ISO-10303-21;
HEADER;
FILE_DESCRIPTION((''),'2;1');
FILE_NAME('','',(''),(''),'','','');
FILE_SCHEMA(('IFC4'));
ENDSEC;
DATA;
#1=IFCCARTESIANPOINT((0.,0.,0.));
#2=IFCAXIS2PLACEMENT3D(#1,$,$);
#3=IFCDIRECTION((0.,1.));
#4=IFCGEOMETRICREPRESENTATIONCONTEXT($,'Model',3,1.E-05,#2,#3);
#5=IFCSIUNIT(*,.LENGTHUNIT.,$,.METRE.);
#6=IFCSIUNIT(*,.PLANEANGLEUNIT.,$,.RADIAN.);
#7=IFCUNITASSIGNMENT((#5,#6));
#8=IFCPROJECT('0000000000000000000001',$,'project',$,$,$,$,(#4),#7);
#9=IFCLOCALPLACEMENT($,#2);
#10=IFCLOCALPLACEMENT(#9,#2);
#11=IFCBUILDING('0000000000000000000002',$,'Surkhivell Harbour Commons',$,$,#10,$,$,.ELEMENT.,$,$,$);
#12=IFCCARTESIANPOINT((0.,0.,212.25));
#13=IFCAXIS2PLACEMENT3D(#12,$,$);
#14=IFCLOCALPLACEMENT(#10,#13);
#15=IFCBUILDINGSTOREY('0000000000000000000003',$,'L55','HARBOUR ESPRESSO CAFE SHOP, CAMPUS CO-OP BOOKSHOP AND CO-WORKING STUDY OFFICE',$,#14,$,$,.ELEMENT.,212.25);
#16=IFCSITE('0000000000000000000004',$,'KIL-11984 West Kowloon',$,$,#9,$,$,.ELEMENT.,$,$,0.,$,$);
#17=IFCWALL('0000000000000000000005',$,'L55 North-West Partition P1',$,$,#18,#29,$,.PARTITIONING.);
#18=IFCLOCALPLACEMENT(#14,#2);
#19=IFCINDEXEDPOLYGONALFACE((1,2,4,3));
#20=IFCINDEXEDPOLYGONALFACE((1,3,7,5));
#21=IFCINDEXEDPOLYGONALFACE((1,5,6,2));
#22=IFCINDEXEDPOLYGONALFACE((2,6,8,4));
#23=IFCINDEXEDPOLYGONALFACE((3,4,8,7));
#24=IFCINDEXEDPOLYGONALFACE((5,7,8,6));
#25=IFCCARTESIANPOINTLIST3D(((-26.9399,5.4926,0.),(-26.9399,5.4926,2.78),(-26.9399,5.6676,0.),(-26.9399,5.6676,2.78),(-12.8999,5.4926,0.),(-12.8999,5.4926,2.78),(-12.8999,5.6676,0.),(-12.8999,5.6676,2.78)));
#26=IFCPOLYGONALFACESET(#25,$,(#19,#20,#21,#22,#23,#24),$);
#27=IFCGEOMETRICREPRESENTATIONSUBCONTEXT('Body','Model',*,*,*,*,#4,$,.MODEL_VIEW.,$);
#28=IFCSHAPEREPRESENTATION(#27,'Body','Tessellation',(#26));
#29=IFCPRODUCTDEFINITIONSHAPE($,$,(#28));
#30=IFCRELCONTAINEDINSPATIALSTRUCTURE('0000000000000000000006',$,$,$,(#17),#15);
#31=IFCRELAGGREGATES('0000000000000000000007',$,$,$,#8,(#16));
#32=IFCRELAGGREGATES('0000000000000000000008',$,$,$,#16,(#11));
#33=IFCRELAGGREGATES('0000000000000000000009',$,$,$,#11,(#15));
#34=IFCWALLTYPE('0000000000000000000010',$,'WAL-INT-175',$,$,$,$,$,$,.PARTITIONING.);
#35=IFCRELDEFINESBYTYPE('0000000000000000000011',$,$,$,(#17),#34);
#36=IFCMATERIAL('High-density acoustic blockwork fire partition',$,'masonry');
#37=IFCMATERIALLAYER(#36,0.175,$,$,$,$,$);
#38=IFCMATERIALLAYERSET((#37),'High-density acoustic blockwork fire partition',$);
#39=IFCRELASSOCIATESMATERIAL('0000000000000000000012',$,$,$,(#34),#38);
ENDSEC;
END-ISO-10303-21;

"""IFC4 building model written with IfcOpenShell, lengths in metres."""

from ifc_helpers import new_model, si_unit, direction, frame, frame_2d, origin, place, context, subcontext, project, spatial, rectangle, extrude, material, layer, layer_set, type_object, element, save


model = new_model("IFC4")

# Units and contexts
model_context = context("Model", 3, precision=1e-05, world=origin(), true_north=direction((0.0, 1.0)))
body_context = subcontext(model_context, "Body", "Model", "MODEL_VIEW")
ifc_project = project(units=[si_unit("LENGTHUNIT", "METRE"), si_unit("PLANEANGLEUNIT", "RADIAN")], contexts=[model_context])

# Site, building, storey
site_placement = place(None, origin())
site = spatial("IfcSite", under=ifc_project, at=site_placement, Name="KIL-11984 West Kowloon", CompositionType="ELEMENT", RefElevation=0.0)
building_placement = place(site_placement, origin())
building = spatial("IfcBuilding", under=site, at=building_placement, Name="Surkhivell Harbour Commons", CompositionType="ELEMENT")
storey_placement = place(building_placement, frame((0.0, 0.0, 212.25)))
storey = spatial("IfcBuildingStorey", under=building, at=storey_placement, Name="L55", Description="HARBOUR ESPRESSO CAFE SHOP, CAMPUS CO-OP BOOKSHOP AND CO-WORKING STUDY OFFICE", CompositionType="ELEMENT", Elevation=212.25)

# Wall
ifc_material_1 = material(Name="High-density acoustic blockwork fire partition", Category="masonry")
ifc_layer_1 = layer(ifc_material_1, 0.175)
ifc_layer_set_1 = layer_set([ifc_layer_1], Name="High-density acoustic blockwork fire partition")
wall_type_1 = type_object("IfcWallType", Name="WAL-INT-175", PredefinedType="PARTITIONING", material=ifc_layer_set_1)
wall_1_placement = place(storey_placement, frame((-26.9399, 5.5801, 0.0), z_axis=(0.0, 0.0, 1.0), x_axis=(1.0, 0.0, 0.0)))
element("IfcWall", 1, at=wall_1_placement, inside=storey, type_object=wall_type_1, Name="L55 North-West Partition P1", PredefinedType="PARTITIONING", context=body_context, shape_type="SweptSolid", body=[
    extrude(rectangle(XDim=14.04, YDim=0.175, at=frame_2d((7.02, 0.0))), origin(), (0.0, 0.0, 1.0), 2.78),
])

save(model, "model.ifc")
